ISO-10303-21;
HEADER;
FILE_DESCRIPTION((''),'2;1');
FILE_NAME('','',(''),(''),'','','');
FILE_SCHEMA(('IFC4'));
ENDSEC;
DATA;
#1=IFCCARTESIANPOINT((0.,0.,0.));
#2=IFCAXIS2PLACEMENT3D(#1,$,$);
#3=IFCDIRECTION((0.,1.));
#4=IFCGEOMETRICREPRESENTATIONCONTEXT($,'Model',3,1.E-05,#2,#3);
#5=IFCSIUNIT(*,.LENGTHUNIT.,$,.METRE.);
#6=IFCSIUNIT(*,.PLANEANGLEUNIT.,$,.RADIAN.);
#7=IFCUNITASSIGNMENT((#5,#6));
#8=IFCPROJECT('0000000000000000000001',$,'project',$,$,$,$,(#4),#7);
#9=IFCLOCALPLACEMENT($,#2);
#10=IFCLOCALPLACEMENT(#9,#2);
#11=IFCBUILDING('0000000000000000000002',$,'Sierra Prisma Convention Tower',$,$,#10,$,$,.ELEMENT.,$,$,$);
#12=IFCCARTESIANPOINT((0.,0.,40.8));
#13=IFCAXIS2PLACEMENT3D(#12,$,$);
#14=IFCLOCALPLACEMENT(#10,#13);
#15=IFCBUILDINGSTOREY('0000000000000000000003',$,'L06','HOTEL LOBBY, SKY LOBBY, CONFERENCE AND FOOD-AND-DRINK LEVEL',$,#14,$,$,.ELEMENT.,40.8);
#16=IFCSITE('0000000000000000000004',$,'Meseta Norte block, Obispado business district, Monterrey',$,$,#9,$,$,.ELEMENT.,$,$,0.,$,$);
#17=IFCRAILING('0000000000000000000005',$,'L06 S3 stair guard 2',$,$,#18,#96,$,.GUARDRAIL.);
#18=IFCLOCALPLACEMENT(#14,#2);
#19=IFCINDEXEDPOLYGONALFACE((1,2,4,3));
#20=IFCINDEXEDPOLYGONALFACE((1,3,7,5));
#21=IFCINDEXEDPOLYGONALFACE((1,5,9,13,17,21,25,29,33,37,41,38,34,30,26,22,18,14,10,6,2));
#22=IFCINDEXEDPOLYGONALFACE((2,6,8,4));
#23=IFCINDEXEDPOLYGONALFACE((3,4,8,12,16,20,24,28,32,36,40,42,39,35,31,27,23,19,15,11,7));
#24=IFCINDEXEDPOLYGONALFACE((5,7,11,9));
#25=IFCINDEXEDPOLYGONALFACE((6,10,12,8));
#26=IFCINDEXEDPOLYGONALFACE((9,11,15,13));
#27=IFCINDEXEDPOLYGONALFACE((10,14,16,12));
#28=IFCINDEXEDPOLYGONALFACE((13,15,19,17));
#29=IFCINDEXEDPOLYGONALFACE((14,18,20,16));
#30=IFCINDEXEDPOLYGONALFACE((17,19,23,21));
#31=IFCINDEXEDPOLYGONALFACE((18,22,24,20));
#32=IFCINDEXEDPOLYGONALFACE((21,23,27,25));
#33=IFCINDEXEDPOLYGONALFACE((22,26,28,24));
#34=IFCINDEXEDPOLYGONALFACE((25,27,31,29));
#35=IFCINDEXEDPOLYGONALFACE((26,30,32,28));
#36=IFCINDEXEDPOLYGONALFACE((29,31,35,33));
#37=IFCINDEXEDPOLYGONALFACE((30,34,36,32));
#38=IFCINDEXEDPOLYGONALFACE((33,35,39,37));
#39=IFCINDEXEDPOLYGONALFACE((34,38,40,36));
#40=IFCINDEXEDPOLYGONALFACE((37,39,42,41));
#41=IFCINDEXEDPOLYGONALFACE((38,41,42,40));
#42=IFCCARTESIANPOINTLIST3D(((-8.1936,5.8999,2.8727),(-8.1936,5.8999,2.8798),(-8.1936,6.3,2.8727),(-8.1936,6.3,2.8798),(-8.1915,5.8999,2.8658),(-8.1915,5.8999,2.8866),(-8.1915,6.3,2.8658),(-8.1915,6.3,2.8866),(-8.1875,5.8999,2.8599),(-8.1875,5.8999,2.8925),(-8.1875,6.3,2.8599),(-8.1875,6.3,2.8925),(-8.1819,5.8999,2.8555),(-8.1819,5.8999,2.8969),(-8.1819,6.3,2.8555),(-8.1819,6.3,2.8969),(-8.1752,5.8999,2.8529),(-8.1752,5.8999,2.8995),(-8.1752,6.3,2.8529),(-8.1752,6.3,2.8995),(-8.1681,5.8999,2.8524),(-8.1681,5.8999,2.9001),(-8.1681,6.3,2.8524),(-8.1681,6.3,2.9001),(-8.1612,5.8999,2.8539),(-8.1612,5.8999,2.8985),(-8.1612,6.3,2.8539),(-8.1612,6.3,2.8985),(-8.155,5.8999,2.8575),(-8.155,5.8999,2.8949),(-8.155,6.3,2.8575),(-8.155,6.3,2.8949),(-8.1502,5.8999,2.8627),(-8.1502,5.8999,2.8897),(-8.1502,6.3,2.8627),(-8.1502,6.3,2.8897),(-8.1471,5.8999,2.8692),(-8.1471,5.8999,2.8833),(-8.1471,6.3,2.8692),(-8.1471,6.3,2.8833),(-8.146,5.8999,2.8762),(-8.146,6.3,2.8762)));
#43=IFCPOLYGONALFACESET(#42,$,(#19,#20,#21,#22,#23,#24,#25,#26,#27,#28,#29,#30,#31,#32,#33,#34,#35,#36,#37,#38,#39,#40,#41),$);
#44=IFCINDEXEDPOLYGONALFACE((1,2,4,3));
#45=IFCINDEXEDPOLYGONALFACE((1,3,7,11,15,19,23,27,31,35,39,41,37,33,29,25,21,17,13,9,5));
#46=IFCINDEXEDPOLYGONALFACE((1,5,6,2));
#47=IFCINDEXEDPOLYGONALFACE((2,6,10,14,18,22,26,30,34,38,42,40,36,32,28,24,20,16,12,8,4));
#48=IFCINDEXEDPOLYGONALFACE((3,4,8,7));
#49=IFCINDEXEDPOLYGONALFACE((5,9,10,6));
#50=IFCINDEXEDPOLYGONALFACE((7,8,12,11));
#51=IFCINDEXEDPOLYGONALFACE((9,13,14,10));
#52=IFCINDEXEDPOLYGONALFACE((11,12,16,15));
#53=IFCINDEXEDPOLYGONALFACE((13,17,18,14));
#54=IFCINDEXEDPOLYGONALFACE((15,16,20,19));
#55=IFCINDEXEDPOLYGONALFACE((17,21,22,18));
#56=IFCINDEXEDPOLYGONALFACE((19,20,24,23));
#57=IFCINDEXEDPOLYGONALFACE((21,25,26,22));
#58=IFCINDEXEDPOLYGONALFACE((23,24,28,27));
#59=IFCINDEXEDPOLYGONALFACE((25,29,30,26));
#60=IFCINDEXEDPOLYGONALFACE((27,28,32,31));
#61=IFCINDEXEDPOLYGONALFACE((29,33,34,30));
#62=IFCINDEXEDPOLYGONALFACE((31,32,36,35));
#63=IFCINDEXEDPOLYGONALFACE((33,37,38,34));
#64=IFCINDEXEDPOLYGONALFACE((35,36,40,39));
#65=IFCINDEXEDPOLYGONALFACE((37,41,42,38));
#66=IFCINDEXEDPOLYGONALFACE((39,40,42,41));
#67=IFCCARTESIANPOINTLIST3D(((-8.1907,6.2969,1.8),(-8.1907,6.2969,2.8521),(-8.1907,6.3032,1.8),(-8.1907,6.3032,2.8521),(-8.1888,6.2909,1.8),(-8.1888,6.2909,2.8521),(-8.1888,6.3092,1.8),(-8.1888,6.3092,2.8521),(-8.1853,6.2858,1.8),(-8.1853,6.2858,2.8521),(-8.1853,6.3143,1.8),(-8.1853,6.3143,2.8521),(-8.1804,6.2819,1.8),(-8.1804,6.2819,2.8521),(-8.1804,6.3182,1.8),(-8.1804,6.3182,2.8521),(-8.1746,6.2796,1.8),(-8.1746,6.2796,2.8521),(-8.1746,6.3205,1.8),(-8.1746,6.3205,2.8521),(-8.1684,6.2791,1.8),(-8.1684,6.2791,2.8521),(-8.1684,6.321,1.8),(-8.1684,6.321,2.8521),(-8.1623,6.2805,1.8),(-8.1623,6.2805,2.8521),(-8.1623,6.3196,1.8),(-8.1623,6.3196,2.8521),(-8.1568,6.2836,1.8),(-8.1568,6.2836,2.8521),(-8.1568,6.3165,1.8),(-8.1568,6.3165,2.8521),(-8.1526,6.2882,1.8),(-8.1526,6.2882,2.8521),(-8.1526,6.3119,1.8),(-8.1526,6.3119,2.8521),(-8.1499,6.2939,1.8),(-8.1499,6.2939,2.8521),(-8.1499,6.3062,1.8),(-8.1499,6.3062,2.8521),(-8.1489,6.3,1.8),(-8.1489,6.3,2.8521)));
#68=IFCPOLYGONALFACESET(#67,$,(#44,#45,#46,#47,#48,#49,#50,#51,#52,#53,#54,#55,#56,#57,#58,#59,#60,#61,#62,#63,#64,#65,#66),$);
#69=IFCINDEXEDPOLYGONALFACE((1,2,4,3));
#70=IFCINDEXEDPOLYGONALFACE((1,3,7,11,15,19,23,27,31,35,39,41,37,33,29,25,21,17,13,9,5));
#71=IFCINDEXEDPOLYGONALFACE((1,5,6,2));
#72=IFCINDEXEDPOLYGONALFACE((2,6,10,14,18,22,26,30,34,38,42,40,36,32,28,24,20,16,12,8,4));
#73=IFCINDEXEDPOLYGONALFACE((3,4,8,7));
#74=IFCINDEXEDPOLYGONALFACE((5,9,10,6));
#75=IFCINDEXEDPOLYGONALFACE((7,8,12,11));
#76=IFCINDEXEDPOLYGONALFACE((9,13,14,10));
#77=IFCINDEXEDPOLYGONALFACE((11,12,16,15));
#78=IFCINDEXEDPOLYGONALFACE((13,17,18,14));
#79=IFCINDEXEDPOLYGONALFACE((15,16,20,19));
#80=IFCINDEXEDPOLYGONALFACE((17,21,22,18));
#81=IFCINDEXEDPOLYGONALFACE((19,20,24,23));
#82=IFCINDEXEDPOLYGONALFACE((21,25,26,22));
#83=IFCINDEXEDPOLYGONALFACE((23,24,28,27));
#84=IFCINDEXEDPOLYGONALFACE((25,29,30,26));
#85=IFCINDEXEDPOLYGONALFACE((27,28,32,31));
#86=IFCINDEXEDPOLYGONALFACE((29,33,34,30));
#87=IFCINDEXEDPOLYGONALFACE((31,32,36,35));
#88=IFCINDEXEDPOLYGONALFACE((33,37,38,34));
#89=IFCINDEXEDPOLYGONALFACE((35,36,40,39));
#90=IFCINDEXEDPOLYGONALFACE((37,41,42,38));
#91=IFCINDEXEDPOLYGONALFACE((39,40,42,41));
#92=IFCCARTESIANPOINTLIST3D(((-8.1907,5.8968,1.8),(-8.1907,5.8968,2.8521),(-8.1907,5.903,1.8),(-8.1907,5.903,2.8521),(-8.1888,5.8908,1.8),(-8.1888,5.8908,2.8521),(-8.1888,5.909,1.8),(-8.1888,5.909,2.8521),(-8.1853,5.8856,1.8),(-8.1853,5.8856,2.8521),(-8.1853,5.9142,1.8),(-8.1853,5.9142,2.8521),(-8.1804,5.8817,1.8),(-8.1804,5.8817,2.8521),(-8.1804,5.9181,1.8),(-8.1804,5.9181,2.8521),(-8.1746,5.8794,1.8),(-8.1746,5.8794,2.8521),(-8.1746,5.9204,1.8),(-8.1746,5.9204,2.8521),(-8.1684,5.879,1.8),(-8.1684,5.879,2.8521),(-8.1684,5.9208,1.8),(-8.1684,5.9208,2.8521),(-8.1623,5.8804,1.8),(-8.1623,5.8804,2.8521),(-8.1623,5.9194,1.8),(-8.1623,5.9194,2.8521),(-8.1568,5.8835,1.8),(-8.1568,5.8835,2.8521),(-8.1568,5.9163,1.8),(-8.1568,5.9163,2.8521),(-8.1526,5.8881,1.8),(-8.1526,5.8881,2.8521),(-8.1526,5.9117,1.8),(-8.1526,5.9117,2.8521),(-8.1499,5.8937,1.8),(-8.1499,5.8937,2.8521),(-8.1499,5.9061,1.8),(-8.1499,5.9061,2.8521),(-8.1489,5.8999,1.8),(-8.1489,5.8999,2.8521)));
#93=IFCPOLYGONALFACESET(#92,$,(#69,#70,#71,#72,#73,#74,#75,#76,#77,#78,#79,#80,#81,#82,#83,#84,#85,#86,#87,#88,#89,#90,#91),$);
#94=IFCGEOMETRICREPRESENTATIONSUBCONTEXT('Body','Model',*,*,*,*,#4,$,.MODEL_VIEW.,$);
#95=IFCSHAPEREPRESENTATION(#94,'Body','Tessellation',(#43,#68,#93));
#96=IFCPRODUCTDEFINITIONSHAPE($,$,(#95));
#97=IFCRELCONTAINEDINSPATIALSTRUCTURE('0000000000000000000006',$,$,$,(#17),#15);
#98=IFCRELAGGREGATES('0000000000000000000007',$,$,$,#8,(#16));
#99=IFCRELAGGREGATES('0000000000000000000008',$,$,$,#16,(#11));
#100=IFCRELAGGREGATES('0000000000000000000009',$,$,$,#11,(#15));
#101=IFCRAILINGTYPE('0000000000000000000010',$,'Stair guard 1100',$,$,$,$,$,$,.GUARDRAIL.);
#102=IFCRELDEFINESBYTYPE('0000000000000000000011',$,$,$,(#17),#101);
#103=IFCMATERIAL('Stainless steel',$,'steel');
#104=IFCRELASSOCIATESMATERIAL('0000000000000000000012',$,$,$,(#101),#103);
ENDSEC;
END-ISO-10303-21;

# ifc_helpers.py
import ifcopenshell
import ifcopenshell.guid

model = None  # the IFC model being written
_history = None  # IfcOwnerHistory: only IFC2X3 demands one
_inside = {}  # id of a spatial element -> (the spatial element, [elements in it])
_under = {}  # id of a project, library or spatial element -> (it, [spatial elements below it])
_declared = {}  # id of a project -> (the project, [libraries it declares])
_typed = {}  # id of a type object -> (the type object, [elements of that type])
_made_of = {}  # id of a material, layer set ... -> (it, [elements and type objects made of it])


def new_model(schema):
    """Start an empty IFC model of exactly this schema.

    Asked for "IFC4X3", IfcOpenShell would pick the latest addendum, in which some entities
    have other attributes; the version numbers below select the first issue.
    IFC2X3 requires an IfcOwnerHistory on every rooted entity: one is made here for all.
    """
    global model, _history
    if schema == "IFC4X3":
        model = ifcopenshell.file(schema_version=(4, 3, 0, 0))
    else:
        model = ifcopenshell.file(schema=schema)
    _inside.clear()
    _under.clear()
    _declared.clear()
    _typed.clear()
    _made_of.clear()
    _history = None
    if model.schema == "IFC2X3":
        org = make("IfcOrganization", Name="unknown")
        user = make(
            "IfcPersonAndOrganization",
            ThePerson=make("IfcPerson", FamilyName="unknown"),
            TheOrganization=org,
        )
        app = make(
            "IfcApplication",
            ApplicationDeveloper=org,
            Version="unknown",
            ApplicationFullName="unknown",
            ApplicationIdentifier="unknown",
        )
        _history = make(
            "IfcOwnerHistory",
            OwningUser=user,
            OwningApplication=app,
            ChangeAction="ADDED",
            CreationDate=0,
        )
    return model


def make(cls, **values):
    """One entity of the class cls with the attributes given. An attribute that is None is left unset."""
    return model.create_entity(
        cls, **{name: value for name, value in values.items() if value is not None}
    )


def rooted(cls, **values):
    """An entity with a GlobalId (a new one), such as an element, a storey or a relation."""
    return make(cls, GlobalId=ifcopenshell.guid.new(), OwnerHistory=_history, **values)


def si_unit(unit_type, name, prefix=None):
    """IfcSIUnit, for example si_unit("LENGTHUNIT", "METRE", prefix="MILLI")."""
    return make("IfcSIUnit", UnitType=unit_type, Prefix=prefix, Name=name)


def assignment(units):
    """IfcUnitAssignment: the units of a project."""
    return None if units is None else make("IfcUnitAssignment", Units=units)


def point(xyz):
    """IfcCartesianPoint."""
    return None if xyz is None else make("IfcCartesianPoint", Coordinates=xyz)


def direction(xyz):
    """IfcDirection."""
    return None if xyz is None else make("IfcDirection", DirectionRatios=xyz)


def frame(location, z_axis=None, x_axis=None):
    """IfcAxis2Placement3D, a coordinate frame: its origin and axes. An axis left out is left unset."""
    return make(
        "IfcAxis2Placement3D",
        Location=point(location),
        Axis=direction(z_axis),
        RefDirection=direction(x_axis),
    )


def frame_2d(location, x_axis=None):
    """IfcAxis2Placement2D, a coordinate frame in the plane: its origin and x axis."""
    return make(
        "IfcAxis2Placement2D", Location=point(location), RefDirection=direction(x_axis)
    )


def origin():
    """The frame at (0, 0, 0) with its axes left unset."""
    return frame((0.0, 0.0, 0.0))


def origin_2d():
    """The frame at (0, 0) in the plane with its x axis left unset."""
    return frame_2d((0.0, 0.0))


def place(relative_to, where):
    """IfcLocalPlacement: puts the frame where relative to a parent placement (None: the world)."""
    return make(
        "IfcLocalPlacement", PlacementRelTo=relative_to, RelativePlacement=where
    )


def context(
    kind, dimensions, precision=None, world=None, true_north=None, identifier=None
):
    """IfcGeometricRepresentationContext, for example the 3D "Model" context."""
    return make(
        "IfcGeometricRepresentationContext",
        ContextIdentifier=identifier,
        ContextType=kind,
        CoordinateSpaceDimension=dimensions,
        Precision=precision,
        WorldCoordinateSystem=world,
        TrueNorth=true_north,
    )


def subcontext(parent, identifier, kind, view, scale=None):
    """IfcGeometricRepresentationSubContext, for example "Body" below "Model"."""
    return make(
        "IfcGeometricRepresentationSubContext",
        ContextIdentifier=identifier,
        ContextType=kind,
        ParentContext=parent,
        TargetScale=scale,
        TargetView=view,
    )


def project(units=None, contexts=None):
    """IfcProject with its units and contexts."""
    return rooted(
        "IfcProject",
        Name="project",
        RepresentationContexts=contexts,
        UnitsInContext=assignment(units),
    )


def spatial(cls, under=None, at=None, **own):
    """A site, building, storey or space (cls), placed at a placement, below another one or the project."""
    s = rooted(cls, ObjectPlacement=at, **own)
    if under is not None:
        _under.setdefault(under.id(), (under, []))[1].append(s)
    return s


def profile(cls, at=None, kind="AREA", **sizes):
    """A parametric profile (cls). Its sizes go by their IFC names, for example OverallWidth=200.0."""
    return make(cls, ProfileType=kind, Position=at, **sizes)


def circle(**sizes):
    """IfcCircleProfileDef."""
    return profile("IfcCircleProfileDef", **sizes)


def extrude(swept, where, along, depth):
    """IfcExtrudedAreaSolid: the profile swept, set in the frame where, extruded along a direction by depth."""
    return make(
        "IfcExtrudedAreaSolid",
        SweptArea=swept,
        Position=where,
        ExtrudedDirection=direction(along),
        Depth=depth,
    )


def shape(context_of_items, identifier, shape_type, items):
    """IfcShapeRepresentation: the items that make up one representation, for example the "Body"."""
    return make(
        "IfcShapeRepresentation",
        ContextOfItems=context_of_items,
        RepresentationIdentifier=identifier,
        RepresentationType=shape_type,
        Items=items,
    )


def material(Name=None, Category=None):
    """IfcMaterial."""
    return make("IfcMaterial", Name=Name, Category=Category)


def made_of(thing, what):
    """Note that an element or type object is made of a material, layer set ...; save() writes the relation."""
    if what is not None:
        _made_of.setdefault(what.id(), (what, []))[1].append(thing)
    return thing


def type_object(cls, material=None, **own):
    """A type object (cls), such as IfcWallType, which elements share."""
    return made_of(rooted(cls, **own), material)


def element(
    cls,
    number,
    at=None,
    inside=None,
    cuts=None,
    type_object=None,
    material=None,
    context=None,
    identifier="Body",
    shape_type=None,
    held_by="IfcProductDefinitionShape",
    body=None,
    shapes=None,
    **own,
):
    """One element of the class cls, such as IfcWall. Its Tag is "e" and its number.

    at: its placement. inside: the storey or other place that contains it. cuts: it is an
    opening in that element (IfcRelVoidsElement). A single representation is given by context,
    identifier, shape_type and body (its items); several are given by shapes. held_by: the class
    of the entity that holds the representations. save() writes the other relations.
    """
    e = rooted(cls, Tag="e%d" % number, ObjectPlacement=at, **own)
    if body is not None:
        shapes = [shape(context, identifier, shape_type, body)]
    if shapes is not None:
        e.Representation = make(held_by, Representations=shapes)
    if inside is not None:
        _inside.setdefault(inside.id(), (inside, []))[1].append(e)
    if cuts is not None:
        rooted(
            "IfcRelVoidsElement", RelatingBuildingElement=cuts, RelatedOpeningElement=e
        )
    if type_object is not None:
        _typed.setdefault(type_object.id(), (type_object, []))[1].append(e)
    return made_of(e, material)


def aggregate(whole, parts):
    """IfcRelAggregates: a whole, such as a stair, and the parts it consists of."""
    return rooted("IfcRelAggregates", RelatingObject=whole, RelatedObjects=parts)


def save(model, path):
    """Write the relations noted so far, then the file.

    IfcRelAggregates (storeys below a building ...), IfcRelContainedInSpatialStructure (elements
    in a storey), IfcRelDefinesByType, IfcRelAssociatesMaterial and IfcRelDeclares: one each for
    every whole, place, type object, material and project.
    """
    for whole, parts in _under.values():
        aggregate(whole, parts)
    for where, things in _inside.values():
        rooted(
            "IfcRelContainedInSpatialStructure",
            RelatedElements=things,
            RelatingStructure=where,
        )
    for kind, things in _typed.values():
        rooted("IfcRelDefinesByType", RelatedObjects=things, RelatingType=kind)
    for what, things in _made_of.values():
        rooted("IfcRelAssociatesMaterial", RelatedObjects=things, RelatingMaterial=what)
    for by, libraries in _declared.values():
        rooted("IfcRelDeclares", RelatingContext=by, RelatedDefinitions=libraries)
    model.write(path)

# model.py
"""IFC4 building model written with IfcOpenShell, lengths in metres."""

from ifc_helpers import new_model, si_unit, direction, frame, origin, origin_2d, place, context, subcontext, project, spatial, circle, extrude, material, type_object, element, save


model = new_model("IFC4")

# Units and contexts
model_context = context("Model", 3, precision=1e-05, world=origin(), true_north=direction((0.0, 1.0)))
body_context = subcontext(model_context, "Body", "Model", "MODEL_VIEW")
ifc_project = project(units=[si_unit("LENGTHUNIT", "METRE"), si_unit("PLANEANGLEUNIT", "RADIAN")], contexts=[model_context])

# Site, building, storey
site_placement = place(None, origin())
site = spatial("IfcSite", under=ifc_project, at=site_placement, Name="Meseta Norte block, Obispado business district, Monterrey", CompositionType="ELEMENT", RefElevation=0.0)
building_placement = place(site_placement, origin())
building = spatial("IfcBuilding", under=site, at=building_placement, Name="Sierra Prisma Convention Tower", CompositionType="ELEMENT")
storey_placement = place(building_placement, frame((0.0, 0.0, 40.8)))
storey = spatial("IfcBuildingStorey", under=building, at=storey_placement, Name="L06", Description="HOTEL LOBBY, SKY LOBBY, CONFERENCE AND FOOD-AND-DRINK LEVEL", CompositionType="ELEMENT", Elevation=40.8)

# Railing
ifc_material_1 = material(Name="Stainless steel", Category="steel")
railing_type_1 = type_object("IfcRailingType", Name="Stair guard 1100", PredefinedType="GUARDRAIL", material=ifc_material_1)
railing_1_placement = place(storey_placement, frame((-8.1699, 6.3, 1.8)))
element("IfcRailing", 1, at=railing_1_placement, inside=storey, type_object=railing_type_1, Name="L06 S3 stair guard 2", PredefinedType="GUARDRAIL", context=body_context, shape_type="SweptSolid", body=[
    extrude(circle(Radius=0.0239, at=origin_2d()), frame((0.0, 0.0, 1.0762), z_axis=(0.0, -1.0, 0.0), x_axis=(1.0, 0.0, 0.0)), (0.0, 0.0, 1.0), 0.4001),
    extrude(circle(Radius=0.021, at=origin_2d()), origin(), (0.0, 0.0, 1.0), 1.052),
    extrude(circle(Radius=0.021, at=origin_2d()), frame((0.0, -0.4001, 0.0)), (0.0, 0.0, 1.0), 1.052),
])

save(model, "model.ifc")
